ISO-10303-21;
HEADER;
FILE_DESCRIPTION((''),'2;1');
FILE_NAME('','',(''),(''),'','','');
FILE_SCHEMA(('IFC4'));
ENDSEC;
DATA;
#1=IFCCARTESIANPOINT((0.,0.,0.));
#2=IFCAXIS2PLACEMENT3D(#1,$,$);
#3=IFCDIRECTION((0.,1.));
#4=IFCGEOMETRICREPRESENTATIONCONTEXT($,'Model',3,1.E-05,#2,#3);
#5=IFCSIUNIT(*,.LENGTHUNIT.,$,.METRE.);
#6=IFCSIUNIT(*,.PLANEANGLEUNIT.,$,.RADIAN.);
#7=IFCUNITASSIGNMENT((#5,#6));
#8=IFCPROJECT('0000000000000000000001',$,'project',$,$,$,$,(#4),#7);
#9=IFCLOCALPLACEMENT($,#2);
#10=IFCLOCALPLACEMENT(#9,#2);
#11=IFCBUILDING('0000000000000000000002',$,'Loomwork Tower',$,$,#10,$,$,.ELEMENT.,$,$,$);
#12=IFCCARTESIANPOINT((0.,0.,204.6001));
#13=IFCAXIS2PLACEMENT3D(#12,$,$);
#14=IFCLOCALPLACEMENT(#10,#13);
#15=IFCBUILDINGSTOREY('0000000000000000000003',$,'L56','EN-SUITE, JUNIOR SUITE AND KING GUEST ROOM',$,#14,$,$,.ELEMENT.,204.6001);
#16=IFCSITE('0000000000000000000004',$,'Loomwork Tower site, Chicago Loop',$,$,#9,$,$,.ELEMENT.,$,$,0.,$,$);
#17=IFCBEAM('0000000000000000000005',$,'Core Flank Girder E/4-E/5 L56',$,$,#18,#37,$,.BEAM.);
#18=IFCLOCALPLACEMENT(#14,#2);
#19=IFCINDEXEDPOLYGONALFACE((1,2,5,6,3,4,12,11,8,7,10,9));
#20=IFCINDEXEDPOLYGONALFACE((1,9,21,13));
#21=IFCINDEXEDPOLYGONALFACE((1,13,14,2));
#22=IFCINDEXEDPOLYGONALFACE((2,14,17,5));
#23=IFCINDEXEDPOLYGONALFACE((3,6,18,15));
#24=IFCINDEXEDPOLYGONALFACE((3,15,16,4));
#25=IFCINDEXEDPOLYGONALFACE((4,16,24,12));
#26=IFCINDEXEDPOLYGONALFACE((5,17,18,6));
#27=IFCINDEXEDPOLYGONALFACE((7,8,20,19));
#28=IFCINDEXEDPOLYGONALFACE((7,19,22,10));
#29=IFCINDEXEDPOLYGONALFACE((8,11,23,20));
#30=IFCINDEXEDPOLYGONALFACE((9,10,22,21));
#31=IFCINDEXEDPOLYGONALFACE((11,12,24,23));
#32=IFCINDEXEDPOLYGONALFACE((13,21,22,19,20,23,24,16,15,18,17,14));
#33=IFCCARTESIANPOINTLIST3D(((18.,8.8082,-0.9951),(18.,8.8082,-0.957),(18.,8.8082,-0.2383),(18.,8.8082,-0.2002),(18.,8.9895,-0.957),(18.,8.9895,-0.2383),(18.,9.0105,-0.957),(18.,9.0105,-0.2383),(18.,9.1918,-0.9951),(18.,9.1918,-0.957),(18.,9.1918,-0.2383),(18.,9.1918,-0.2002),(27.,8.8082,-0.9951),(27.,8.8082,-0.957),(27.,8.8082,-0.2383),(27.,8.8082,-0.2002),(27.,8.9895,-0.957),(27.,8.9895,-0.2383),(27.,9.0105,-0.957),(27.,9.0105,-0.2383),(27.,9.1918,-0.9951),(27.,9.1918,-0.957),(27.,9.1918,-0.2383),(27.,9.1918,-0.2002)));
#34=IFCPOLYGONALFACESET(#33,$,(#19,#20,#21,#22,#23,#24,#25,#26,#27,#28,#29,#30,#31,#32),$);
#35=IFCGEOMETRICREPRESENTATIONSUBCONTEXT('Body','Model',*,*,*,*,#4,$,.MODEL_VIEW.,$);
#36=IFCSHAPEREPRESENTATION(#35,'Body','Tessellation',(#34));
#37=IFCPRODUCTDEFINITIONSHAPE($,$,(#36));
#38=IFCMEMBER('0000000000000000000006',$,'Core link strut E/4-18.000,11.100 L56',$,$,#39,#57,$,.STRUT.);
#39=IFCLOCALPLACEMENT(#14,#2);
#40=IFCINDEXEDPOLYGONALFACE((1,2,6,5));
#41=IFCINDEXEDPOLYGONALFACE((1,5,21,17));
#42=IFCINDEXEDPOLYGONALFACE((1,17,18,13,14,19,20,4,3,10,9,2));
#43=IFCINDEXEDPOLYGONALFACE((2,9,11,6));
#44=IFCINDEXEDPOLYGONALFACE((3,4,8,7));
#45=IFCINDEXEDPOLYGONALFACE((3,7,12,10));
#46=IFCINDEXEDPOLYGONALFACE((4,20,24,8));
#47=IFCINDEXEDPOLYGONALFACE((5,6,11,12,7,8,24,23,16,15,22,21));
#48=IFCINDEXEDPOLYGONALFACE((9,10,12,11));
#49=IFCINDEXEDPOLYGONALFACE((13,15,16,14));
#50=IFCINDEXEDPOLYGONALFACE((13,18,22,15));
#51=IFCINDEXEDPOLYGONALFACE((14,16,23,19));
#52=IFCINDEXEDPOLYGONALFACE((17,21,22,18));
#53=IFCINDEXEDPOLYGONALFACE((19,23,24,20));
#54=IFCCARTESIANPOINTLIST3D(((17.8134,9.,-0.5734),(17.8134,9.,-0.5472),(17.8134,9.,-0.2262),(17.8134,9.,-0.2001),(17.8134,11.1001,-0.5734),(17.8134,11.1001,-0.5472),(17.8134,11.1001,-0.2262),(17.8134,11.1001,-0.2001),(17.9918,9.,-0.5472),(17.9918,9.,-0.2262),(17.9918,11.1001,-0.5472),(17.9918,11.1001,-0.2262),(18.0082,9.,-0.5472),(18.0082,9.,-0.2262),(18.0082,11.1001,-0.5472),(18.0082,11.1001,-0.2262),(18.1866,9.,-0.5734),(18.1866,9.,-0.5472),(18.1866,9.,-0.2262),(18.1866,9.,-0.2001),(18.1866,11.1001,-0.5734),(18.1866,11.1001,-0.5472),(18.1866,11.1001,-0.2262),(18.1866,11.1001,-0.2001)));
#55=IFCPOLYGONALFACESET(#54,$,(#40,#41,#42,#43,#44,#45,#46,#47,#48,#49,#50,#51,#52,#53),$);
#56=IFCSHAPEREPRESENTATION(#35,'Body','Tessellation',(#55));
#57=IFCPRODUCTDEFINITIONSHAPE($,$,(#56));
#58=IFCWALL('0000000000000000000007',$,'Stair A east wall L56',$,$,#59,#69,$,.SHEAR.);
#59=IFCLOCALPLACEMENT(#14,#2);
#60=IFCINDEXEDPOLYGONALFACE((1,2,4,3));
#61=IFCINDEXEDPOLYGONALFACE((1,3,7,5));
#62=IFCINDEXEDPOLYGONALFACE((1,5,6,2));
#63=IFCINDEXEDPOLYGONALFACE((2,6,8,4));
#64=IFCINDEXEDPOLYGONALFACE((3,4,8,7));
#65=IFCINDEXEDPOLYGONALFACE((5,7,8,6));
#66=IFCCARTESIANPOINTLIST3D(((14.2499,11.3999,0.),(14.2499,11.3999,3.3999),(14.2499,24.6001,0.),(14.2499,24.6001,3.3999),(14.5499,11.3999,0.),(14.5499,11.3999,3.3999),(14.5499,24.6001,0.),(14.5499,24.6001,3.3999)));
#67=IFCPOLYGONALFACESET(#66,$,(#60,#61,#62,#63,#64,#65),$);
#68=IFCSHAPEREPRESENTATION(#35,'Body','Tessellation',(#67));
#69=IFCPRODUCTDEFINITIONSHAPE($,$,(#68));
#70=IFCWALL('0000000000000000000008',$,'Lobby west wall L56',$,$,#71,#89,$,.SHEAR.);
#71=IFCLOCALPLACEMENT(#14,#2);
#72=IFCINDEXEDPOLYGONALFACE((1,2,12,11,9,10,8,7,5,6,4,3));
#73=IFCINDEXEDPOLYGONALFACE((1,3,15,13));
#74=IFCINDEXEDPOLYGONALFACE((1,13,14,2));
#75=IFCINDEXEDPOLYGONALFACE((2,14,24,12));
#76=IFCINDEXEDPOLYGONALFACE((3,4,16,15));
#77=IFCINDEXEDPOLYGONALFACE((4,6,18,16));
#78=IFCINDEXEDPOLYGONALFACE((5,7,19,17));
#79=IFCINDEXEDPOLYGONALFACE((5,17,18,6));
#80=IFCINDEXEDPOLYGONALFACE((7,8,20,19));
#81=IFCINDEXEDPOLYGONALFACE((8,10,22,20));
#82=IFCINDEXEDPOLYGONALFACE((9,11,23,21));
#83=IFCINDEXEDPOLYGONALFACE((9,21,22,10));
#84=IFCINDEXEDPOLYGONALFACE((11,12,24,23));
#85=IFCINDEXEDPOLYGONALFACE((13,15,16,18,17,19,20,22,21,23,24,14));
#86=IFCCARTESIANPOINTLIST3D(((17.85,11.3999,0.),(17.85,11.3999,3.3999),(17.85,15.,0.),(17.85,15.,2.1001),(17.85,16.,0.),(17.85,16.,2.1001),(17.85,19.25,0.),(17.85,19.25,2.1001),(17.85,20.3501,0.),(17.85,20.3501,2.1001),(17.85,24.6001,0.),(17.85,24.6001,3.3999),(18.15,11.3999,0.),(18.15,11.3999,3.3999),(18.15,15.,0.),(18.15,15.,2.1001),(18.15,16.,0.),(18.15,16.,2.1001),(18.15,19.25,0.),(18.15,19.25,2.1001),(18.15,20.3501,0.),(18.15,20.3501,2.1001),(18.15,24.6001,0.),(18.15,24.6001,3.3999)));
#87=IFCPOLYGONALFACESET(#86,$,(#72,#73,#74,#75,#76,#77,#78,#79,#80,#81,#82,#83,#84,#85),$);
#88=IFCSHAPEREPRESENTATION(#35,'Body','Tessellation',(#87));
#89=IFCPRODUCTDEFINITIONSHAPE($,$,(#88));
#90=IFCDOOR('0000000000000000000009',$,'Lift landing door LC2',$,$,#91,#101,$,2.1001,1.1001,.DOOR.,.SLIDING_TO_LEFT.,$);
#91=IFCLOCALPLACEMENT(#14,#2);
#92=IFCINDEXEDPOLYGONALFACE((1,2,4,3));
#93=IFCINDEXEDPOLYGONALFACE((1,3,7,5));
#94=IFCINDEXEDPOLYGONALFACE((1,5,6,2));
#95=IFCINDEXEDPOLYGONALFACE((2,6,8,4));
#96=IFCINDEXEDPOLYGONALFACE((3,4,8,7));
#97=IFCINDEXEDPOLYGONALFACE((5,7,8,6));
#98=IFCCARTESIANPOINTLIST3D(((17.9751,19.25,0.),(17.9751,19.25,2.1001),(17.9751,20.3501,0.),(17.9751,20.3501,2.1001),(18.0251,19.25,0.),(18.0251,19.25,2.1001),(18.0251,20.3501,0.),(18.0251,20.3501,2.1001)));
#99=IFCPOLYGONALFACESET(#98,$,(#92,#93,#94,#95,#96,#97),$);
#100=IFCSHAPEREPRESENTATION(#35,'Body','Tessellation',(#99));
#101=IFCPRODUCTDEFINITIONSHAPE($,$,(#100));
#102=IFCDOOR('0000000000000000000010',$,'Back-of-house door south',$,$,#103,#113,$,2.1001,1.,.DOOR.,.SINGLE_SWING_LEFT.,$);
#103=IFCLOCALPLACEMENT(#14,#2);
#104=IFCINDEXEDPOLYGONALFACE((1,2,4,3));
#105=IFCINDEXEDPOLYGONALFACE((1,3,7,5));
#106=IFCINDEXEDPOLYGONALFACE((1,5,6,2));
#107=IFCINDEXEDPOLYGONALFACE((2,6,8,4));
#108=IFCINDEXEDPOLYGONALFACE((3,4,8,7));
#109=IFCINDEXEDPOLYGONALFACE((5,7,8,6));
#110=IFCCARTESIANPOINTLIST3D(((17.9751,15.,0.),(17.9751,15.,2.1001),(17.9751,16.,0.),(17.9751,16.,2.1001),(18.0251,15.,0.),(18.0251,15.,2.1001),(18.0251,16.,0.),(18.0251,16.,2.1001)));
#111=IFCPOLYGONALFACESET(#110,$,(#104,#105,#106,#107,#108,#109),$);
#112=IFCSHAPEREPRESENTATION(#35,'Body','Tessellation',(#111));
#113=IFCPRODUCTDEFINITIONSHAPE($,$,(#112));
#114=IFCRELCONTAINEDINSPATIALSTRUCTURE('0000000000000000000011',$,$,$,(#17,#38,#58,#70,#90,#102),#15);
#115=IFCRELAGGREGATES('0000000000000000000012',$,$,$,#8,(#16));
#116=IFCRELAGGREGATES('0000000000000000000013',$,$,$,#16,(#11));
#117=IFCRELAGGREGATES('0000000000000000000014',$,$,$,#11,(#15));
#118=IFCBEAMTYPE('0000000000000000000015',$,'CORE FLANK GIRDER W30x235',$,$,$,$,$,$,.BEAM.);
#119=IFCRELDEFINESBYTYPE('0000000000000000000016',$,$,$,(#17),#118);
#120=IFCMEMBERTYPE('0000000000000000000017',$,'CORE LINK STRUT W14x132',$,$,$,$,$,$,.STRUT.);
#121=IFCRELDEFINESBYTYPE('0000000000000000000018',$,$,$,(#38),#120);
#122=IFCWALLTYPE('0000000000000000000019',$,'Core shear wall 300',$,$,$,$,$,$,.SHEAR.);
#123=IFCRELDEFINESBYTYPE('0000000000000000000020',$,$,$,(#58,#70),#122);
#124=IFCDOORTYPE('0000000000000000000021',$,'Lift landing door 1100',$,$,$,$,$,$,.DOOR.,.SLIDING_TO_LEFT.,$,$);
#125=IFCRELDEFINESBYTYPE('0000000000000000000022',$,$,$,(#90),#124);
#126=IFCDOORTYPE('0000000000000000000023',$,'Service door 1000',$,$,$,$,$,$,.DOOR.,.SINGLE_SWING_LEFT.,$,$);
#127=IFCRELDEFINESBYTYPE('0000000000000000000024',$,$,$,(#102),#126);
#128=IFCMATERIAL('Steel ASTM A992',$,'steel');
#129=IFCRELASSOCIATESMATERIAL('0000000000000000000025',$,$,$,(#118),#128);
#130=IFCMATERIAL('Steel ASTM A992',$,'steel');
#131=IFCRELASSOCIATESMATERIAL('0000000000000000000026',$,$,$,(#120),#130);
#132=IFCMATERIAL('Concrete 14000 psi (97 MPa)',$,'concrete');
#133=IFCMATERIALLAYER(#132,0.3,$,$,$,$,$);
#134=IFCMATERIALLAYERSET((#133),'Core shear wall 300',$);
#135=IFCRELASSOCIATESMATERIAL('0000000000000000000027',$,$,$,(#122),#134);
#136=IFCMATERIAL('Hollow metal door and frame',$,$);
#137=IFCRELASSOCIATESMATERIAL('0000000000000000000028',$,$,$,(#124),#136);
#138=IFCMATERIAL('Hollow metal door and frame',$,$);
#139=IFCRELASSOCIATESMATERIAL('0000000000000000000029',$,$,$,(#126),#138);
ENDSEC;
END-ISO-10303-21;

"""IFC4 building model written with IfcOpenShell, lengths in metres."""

from ifc_helpers import new_model, si_unit, direction, frame, frame_2d, origin, origin_2d, place, context, subcontext, project, spatial, rectangle, i_section, extrude, material, layer, layer_set, material_profile, profile_set, type_object, element, fill, save


model = new_model("IFC4")

# Units and contexts
model_context = context("Model", 3, precision=1e-05, world=origin(), true_north=direction((0.0, 1.0)))
body_context = subcontext(model_context, "Body", "Model", "MODEL_VIEW")
ifc_project = project(units=[si_unit("LENGTHUNIT", "METRE"), si_unit("PLANEANGLEUNIT", "RADIAN")], contexts=[model_context])

# Site, building, storey
site_placement = place(None, origin())
site = spatial("IfcSite", under=ifc_project, at=site_placement, Name="Loomwork Tower site, Chicago Loop", CompositionType="ELEMENT", RefElevation=0.0)
building_placement = place(site_placement, origin())
building = spatial("IfcBuilding", under=site, at=building_placement, Name="Loomwork Tower", CompositionType="ELEMENT")
storey_placement = place(building_placement, frame((0.0, 0.0, 204.6001)))
storey = spatial("IfcBuildingStorey", under=building, at=storey_placement, Name="L56", Description="EN-SUITE, JUNIOR SUITE AND KING GUEST ROOM", CompositionType="ELEMENT", Elevation=204.6001)

# Beam
ifc_material_1 = material(Name="Steel ASTM A992", Category="steel")
ifc_material_profile_1 = material_profile(ifc_material_1, i_section(OverallWidth=0.3835, OverallDepth=0.7949, WebThickness=0.021, FlangeThickness=0.0381, at=origin_2d()), Name="W30x235")
ifc_profile_set_1 = profile_set([ifc_material_profile_1], Name="Steel ASTM A992")
beam_type = type_object("IfcBeamType", Name="CORE FLANK GIRDER W30x235", PredefinedType="BEAM", material=ifc_profile_set_1)
beam_placement = place(storey_placement, frame((18.0, 9.0, -0.5977), z_axis=(1.0, 0.0, 0.0), x_axis=(0.0, 1.0, 0.0)))
element("IfcBeam", 1, at=beam_placement, inside=storey, type_object=beam_type, Name="Core Flank Girder E/4-E/5 L56", PredefinedType="BEAM", context=body_context, shape_type="SweptSolid", body=[
    extrude(i_section(OverallWidth=0.3835, OverallDepth=0.7949, WebThickness=0.021, FlangeThickness=0.0381, at=origin_2d()), origin(), (0.0, 0.0, 1.0), 9.0),
])

# Member
ifc_material_2 = material(Name="Steel ASTM A992", Category="steel")
ifc_material_profile_2 = material_profile(ifc_material_2, i_section(OverallWidth=0.3733, OverallDepth=0.3733, WebThickness=0.0164, FlangeThickness=0.0261, at=origin_2d()), Name="W14x132")
ifc_profile_set_2 = profile_set([ifc_material_profile_2], Name="Steel ASTM A992")
member_type = type_object("IfcMemberType", Name="CORE LINK STRUT W14x132", PredefinedType="STRUT", material=ifc_profile_set_2)
member_placement = place(storey_placement, frame((18.0, 9.0, -0.3867), z_axis=(0.0, 1.0, 0.0), x_axis=(-1.0, 0.0, 0.0)))
element("IfcMember", 2, at=member_placement, inside=storey, type_object=member_type, Name="Core link strut E/4-18.000,11.100 L56", PredefinedType="STRUT", context=body_context, shape_type="SweptSolid", body=[
    extrude(i_section(OverallWidth=0.3733, OverallDepth=0.3733, WebThickness=0.0164, FlangeThickness=0.0261, at=origin_2d()), origin(), (0.0, 0.0, 1.0), 2.1001),
])

# Wall
ifc_material_3 = material(Name="Concrete 14000 psi (97 MPa)", Category="concrete")
ifc_layer_1 = layer(ifc_material_3, 0.3)
ifc_layer_set_1 = layer_set([ifc_layer_1], Name="Core shear wall 300")
wall_type_1 = type_object("IfcWallType", Name="Core shear wall 300", PredefinedType="SHEAR", material=ifc_layer_set_1)
wall_1_placement = place(storey_placement, frame((14.3999, 11.3999, 0.0), z_axis=(0.0, 0.0, 1.0), x_axis=(0.0, 1.0, 0.0)))
element("IfcWall", 3, at=wall_1_placement, inside=storey, type_object=wall_type_1, Name="Stair A east wall L56", PredefinedType="SHEAR", context=body_context, shape_type="SweptSolid", body=[
    extrude(rectangle(XDim=13.2002, YDim=0.3, at=frame_2d((6.6001, 0.0))), origin(), (0.0, 0.0, 1.0), 3.3999),
])

# Wall, openings, doors
wall_2_placement = place(storey_placement, frame((18.0, 11.3999, 0.0), z_axis=(0.0, 0.0, 1.0), x_axis=(0.0, 1.0, 0.0)))
wall_2 = element("IfcWall", 4, at=wall_2_placement, inside=storey, type_object=wall_type_1, Name="Lobby west wall L56", PredefinedType="SHEAR", context=body_context, shape_type="SweptSolid", body=[
    extrude(rectangle(XDim=13.2002, YDim=0.3, at=frame_2d((6.6001, 0.0))), origin(), (0.0, 0.0, 1.0), 3.3999),
])
opening_1_placement = place(wall_2_placement, frame((3.6001, 0.0, 0.0)))
opening_1 = element("IfcOpeningElement", 5, at=opening_1_placement, cuts=wall_2, PredefinedType="OPENING", context=body_context, shape_type="SweptSolid", body=[
    extrude(rectangle(XDim=1.0, YDim=2.1001, at=frame_2d((0.5, 1.05))), frame((0.0, 0.1599, 0.0), z_axis=(0.0, -1.0, 0.0), x_axis=(1.0, 0.0, 0.0)), (0.0, 0.0, 1.0), 0.3201),
])
opening_2_placement = place(wall_2_placement, frame((7.8501, 0.0, 0.0)))
opening_2 = element("IfcOpeningElement", 6, at=opening_2_placement, cuts=wall_2, PredefinedType="OPENING", context=body_context, shape_type="SweptSolid", body=[
    extrude(rectangle(XDim=1.1001, YDim=2.1001, at=frame_2d((0.55, 1.05))), frame((0.0, 0.1599, 0.0), z_axis=(0.0, -1.0, 0.0), x_axis=(1.0, 0.0, 0.0)), (0.0, 0.0, 1.0), 0.3201),
])
ifc_material_4 = material(Name="Hollow metal door and frame")
door_type_1 = type_object("IfcDoorType", Name="Lift landing door 1100", OperationType="SLIDING_TO_LEFT", PredefinedType="DOOR", material=ifc_material_4)
door_1_placement = place(opening_2_placement, origin())
door_1 = element("IfcDoor", 7, at=door_1_placement, inside=storey, type_object=door_type_1, Name="Lift landing door LC2", OperationType="SLIDING_TO_LEFT", OverallHeight=2.1001, OverallWidth=1.1001, PredefinedType="DOOR", context=body_context, shape_type="SweptSolid", body=[
    extrude(rectangle(XDim=1.1001, YDim=2.1001, at=frame_2d((0.55, 1.05))), frame((0.0, 0.0249, 0.0), z_axis=(0.0, -1.0, 0.0), x_axis=(1.0, 0.0, 0.0)), (0.0, 0.0, 1.0), 0.05),
])
fill(opening_2, door_1)
ifc_material_5 = material(Name="Hollow metal door and frame")
door_type_2 = type_object("IfcDoorType", Name="Service door 1000", OperationType="SINGLE_SWING_LEFT", PredefinedType="DOOR", material=ifc_material_5)
door_2_placement = place(opening_1_placement, origin())
door_2 = element("IfcDoor", 8, at=door_2_placement, inside=storey, type_object=door_type_2, Name="Back-of-house door south", OperationType="SINGLE_SWING_LEFT", OverallHeight=2.1001, OverallWidth=1.0, PredefinedType="DOOR", context=body_context, shape_type="SweptSolid", body=[
    extrude(rectangle(XDim=1.0, YDim=2.1001, at=frame_2d((0.5, 1.05))), frame((0.0, 0.0249, 0.0), z_axis=(0.0, -1.0, 0.0), x_axis=(1.0, 0.0, 0.0)), (0.0, 0.0, 1.0), 0.05),
])
fill(opening_1, door_2)

save(model, "model.ifc")
